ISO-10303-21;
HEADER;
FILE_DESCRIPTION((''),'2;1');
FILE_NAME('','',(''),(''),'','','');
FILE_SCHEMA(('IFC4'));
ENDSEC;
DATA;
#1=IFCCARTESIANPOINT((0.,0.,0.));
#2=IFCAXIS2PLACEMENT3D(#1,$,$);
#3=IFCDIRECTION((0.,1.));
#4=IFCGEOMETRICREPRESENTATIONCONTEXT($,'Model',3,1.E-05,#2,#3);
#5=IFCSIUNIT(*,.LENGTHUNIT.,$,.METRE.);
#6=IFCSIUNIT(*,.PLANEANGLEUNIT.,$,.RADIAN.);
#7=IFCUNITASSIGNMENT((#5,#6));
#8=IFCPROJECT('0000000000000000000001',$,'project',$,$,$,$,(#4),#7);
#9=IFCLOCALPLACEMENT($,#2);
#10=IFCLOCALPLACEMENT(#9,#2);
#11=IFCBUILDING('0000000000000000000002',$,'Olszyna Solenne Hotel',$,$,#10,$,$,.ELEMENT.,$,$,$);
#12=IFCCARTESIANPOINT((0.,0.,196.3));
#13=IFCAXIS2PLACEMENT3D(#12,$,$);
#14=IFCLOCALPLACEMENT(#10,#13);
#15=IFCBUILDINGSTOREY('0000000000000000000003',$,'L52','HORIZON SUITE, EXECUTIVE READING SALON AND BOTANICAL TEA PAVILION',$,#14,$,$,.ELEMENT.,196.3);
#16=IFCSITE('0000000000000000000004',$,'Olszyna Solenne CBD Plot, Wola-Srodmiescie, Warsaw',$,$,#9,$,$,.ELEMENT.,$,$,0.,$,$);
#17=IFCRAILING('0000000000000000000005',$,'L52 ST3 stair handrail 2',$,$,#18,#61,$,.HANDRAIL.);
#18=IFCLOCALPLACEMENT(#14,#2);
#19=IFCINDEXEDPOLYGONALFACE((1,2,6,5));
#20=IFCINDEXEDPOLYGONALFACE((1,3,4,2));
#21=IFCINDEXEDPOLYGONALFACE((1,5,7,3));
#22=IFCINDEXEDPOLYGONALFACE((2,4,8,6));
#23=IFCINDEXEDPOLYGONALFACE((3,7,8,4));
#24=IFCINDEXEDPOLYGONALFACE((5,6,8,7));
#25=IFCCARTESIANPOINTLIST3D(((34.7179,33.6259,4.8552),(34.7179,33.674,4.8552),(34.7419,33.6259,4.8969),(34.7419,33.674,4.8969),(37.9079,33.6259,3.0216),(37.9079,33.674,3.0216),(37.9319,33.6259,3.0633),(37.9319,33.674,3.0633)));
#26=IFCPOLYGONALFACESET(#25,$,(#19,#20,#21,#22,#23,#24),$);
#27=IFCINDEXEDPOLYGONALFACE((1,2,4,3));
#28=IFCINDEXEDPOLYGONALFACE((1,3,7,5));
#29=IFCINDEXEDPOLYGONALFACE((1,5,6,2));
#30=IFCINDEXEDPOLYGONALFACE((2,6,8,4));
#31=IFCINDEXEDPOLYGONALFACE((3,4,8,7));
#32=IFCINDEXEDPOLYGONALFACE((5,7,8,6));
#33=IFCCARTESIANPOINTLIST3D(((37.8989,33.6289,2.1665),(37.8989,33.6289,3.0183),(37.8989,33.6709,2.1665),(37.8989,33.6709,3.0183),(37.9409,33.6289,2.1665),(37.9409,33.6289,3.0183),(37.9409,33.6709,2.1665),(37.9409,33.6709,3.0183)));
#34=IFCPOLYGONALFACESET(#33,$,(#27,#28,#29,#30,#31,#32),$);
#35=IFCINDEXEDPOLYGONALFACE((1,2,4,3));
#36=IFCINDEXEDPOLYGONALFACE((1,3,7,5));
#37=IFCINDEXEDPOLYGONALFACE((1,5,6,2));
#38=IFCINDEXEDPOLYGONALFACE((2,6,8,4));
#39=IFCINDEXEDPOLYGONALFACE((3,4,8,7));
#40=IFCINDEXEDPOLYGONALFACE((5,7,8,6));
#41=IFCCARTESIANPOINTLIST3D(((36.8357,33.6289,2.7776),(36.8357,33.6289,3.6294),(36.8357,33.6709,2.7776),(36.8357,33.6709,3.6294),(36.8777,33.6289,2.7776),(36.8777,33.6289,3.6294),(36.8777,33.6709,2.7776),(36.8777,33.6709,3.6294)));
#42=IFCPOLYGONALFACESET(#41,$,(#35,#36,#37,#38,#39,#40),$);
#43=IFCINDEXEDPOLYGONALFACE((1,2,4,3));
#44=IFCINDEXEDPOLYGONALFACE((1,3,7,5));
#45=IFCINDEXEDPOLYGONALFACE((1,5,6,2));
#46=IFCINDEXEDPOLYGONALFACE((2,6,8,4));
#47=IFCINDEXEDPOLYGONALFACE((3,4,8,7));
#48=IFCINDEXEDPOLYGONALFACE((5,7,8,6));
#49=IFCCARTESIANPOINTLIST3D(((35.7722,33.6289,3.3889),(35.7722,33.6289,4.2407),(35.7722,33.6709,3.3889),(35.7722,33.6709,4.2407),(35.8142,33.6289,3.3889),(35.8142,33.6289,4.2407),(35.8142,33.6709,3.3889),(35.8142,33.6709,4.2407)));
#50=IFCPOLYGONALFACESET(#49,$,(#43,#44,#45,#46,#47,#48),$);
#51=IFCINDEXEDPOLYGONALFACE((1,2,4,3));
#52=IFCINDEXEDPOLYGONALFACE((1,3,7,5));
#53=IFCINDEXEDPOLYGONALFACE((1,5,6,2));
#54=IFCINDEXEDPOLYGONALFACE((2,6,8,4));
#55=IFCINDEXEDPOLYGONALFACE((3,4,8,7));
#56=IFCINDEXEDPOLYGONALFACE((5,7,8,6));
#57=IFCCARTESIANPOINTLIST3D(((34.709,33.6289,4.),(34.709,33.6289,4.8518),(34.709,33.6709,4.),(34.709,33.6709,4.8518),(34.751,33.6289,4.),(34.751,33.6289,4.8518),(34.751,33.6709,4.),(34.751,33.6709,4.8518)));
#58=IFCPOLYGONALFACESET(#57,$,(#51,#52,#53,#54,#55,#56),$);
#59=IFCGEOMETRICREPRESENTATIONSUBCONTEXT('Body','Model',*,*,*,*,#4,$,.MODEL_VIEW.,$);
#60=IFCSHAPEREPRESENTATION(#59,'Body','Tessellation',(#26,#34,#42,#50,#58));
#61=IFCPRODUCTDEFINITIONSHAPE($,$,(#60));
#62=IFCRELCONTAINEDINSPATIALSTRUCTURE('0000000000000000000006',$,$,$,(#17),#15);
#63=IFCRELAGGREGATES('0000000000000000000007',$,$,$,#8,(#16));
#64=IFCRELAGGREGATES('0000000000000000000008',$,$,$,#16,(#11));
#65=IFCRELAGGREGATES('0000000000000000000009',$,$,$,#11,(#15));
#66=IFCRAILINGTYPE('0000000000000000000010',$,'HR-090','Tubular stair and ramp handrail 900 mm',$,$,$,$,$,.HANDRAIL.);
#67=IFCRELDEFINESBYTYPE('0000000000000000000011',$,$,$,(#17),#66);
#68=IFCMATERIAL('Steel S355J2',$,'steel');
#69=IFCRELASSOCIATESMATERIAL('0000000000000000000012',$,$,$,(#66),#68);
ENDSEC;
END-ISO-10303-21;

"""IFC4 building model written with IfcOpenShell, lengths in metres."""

from ifc_helpers import new_model, si_unit, direction, frame, origin, origin_2d, place, context, subcontext, project, spatial, rectangle, extrude, material, type_object, element, save


model = new_model("IFC4")

# Units and contexts
model_context = context("Model", 3, precision=1e-05, world=origin(), true_north=direction((0.0, 1.0)))
body_context = subcontext(model_context, "Body", "Model", "MODEL_VIEW")
ifc_project = project(units=[si_unit("LENGTHUNIT", "METRE"), si_unit("PLANEANGLEUNIT", "RADIAN")], contexts=[model_context])

# Site, building, storey
site_placement = place(None, origin())
site = spatial("IfcSite", under=ifc_project, at=site_placement, Name="Olszyna Solenne CBD Plot, Wola-Srodmiescie, Warsaw", CompositionType="ELEMENT", RefElevation=0.0)
building_placement = place(site_placement, origin())
building = spatial("IfcBuilding", under=site, at=building_placement, Name="Olszyna Solenne Hotel", CompositionType="ELEMENT")
storey_placement = place(building_placement, frame((0.0, 0.0, 196.3)))
storey = spatial("IfcBuildingStorey", under=building, at=storey_placement, Name="L52", Description="HORIZON SUITE, EXECUTIVE READING SALON AND BOTANICAL TEA PAVILION", CompositionType="ELEMENT", Elevation=196.3)

# Shared definitions
ifc_material_1 = material(Name="Steel S355J2", Category="steel")

# Railing
railing_type_1 = type_object("IfcRailingType", Name="HR-090", Description="Tubular stair and ramp handrail 900 mm", PredefinedType="HANDRAIL", material=ifc_material_1)
railing_1_placement = place(storey_placement, frame((37.9199, 33.6499, 2.1665)))
element("IfcRailing", 1, at=railing_1_placement, inside=storey, type_object=railing_type_1, Name="L52 ST3 stair handrail 2", PredefinedType="HANDRAIL", context=body_context, shape_type="SweptSolid", body=[
    extrude(rectangle(XDim=0.0481, YDim=0.0481, at=origin_2d()), frame((0.0, 0.0, 0.876), z_axis=(-0.866991, 0.0, 0.498324), x_axis=(0.0, -1.0, 0.0)), (0.0, 0.0, 1.0), 3.6794),
    extrude(rectangle(XDim=0.042, YDim=0.042, at=origin_2d()), origin(), (0.0, 0.0, 1.0), 0.8518),
    extrude(rectangle(XDim=0.042, YDim=0.042, at=origin_2d()), frame((-1.0632, 0.0, 0.6111)), (0.0, 0.0, 1.0), 0.8518),
    extrude(rectangle(XDim=0.042, YDim=0.042, at=origin_2d()), frame((-2.1267, 0.0, 1.2224)), (0.0, 0.0, 1.0), 0.8518),
    extrude(rectangle(XDim=0.042, YDim=0.042, at=origin_2d()), frame((-3.1899, 0.0, 1.8335)), (0.0, 0.0, 1.0), 0.8518),
])

save(model, "model.ifc")
